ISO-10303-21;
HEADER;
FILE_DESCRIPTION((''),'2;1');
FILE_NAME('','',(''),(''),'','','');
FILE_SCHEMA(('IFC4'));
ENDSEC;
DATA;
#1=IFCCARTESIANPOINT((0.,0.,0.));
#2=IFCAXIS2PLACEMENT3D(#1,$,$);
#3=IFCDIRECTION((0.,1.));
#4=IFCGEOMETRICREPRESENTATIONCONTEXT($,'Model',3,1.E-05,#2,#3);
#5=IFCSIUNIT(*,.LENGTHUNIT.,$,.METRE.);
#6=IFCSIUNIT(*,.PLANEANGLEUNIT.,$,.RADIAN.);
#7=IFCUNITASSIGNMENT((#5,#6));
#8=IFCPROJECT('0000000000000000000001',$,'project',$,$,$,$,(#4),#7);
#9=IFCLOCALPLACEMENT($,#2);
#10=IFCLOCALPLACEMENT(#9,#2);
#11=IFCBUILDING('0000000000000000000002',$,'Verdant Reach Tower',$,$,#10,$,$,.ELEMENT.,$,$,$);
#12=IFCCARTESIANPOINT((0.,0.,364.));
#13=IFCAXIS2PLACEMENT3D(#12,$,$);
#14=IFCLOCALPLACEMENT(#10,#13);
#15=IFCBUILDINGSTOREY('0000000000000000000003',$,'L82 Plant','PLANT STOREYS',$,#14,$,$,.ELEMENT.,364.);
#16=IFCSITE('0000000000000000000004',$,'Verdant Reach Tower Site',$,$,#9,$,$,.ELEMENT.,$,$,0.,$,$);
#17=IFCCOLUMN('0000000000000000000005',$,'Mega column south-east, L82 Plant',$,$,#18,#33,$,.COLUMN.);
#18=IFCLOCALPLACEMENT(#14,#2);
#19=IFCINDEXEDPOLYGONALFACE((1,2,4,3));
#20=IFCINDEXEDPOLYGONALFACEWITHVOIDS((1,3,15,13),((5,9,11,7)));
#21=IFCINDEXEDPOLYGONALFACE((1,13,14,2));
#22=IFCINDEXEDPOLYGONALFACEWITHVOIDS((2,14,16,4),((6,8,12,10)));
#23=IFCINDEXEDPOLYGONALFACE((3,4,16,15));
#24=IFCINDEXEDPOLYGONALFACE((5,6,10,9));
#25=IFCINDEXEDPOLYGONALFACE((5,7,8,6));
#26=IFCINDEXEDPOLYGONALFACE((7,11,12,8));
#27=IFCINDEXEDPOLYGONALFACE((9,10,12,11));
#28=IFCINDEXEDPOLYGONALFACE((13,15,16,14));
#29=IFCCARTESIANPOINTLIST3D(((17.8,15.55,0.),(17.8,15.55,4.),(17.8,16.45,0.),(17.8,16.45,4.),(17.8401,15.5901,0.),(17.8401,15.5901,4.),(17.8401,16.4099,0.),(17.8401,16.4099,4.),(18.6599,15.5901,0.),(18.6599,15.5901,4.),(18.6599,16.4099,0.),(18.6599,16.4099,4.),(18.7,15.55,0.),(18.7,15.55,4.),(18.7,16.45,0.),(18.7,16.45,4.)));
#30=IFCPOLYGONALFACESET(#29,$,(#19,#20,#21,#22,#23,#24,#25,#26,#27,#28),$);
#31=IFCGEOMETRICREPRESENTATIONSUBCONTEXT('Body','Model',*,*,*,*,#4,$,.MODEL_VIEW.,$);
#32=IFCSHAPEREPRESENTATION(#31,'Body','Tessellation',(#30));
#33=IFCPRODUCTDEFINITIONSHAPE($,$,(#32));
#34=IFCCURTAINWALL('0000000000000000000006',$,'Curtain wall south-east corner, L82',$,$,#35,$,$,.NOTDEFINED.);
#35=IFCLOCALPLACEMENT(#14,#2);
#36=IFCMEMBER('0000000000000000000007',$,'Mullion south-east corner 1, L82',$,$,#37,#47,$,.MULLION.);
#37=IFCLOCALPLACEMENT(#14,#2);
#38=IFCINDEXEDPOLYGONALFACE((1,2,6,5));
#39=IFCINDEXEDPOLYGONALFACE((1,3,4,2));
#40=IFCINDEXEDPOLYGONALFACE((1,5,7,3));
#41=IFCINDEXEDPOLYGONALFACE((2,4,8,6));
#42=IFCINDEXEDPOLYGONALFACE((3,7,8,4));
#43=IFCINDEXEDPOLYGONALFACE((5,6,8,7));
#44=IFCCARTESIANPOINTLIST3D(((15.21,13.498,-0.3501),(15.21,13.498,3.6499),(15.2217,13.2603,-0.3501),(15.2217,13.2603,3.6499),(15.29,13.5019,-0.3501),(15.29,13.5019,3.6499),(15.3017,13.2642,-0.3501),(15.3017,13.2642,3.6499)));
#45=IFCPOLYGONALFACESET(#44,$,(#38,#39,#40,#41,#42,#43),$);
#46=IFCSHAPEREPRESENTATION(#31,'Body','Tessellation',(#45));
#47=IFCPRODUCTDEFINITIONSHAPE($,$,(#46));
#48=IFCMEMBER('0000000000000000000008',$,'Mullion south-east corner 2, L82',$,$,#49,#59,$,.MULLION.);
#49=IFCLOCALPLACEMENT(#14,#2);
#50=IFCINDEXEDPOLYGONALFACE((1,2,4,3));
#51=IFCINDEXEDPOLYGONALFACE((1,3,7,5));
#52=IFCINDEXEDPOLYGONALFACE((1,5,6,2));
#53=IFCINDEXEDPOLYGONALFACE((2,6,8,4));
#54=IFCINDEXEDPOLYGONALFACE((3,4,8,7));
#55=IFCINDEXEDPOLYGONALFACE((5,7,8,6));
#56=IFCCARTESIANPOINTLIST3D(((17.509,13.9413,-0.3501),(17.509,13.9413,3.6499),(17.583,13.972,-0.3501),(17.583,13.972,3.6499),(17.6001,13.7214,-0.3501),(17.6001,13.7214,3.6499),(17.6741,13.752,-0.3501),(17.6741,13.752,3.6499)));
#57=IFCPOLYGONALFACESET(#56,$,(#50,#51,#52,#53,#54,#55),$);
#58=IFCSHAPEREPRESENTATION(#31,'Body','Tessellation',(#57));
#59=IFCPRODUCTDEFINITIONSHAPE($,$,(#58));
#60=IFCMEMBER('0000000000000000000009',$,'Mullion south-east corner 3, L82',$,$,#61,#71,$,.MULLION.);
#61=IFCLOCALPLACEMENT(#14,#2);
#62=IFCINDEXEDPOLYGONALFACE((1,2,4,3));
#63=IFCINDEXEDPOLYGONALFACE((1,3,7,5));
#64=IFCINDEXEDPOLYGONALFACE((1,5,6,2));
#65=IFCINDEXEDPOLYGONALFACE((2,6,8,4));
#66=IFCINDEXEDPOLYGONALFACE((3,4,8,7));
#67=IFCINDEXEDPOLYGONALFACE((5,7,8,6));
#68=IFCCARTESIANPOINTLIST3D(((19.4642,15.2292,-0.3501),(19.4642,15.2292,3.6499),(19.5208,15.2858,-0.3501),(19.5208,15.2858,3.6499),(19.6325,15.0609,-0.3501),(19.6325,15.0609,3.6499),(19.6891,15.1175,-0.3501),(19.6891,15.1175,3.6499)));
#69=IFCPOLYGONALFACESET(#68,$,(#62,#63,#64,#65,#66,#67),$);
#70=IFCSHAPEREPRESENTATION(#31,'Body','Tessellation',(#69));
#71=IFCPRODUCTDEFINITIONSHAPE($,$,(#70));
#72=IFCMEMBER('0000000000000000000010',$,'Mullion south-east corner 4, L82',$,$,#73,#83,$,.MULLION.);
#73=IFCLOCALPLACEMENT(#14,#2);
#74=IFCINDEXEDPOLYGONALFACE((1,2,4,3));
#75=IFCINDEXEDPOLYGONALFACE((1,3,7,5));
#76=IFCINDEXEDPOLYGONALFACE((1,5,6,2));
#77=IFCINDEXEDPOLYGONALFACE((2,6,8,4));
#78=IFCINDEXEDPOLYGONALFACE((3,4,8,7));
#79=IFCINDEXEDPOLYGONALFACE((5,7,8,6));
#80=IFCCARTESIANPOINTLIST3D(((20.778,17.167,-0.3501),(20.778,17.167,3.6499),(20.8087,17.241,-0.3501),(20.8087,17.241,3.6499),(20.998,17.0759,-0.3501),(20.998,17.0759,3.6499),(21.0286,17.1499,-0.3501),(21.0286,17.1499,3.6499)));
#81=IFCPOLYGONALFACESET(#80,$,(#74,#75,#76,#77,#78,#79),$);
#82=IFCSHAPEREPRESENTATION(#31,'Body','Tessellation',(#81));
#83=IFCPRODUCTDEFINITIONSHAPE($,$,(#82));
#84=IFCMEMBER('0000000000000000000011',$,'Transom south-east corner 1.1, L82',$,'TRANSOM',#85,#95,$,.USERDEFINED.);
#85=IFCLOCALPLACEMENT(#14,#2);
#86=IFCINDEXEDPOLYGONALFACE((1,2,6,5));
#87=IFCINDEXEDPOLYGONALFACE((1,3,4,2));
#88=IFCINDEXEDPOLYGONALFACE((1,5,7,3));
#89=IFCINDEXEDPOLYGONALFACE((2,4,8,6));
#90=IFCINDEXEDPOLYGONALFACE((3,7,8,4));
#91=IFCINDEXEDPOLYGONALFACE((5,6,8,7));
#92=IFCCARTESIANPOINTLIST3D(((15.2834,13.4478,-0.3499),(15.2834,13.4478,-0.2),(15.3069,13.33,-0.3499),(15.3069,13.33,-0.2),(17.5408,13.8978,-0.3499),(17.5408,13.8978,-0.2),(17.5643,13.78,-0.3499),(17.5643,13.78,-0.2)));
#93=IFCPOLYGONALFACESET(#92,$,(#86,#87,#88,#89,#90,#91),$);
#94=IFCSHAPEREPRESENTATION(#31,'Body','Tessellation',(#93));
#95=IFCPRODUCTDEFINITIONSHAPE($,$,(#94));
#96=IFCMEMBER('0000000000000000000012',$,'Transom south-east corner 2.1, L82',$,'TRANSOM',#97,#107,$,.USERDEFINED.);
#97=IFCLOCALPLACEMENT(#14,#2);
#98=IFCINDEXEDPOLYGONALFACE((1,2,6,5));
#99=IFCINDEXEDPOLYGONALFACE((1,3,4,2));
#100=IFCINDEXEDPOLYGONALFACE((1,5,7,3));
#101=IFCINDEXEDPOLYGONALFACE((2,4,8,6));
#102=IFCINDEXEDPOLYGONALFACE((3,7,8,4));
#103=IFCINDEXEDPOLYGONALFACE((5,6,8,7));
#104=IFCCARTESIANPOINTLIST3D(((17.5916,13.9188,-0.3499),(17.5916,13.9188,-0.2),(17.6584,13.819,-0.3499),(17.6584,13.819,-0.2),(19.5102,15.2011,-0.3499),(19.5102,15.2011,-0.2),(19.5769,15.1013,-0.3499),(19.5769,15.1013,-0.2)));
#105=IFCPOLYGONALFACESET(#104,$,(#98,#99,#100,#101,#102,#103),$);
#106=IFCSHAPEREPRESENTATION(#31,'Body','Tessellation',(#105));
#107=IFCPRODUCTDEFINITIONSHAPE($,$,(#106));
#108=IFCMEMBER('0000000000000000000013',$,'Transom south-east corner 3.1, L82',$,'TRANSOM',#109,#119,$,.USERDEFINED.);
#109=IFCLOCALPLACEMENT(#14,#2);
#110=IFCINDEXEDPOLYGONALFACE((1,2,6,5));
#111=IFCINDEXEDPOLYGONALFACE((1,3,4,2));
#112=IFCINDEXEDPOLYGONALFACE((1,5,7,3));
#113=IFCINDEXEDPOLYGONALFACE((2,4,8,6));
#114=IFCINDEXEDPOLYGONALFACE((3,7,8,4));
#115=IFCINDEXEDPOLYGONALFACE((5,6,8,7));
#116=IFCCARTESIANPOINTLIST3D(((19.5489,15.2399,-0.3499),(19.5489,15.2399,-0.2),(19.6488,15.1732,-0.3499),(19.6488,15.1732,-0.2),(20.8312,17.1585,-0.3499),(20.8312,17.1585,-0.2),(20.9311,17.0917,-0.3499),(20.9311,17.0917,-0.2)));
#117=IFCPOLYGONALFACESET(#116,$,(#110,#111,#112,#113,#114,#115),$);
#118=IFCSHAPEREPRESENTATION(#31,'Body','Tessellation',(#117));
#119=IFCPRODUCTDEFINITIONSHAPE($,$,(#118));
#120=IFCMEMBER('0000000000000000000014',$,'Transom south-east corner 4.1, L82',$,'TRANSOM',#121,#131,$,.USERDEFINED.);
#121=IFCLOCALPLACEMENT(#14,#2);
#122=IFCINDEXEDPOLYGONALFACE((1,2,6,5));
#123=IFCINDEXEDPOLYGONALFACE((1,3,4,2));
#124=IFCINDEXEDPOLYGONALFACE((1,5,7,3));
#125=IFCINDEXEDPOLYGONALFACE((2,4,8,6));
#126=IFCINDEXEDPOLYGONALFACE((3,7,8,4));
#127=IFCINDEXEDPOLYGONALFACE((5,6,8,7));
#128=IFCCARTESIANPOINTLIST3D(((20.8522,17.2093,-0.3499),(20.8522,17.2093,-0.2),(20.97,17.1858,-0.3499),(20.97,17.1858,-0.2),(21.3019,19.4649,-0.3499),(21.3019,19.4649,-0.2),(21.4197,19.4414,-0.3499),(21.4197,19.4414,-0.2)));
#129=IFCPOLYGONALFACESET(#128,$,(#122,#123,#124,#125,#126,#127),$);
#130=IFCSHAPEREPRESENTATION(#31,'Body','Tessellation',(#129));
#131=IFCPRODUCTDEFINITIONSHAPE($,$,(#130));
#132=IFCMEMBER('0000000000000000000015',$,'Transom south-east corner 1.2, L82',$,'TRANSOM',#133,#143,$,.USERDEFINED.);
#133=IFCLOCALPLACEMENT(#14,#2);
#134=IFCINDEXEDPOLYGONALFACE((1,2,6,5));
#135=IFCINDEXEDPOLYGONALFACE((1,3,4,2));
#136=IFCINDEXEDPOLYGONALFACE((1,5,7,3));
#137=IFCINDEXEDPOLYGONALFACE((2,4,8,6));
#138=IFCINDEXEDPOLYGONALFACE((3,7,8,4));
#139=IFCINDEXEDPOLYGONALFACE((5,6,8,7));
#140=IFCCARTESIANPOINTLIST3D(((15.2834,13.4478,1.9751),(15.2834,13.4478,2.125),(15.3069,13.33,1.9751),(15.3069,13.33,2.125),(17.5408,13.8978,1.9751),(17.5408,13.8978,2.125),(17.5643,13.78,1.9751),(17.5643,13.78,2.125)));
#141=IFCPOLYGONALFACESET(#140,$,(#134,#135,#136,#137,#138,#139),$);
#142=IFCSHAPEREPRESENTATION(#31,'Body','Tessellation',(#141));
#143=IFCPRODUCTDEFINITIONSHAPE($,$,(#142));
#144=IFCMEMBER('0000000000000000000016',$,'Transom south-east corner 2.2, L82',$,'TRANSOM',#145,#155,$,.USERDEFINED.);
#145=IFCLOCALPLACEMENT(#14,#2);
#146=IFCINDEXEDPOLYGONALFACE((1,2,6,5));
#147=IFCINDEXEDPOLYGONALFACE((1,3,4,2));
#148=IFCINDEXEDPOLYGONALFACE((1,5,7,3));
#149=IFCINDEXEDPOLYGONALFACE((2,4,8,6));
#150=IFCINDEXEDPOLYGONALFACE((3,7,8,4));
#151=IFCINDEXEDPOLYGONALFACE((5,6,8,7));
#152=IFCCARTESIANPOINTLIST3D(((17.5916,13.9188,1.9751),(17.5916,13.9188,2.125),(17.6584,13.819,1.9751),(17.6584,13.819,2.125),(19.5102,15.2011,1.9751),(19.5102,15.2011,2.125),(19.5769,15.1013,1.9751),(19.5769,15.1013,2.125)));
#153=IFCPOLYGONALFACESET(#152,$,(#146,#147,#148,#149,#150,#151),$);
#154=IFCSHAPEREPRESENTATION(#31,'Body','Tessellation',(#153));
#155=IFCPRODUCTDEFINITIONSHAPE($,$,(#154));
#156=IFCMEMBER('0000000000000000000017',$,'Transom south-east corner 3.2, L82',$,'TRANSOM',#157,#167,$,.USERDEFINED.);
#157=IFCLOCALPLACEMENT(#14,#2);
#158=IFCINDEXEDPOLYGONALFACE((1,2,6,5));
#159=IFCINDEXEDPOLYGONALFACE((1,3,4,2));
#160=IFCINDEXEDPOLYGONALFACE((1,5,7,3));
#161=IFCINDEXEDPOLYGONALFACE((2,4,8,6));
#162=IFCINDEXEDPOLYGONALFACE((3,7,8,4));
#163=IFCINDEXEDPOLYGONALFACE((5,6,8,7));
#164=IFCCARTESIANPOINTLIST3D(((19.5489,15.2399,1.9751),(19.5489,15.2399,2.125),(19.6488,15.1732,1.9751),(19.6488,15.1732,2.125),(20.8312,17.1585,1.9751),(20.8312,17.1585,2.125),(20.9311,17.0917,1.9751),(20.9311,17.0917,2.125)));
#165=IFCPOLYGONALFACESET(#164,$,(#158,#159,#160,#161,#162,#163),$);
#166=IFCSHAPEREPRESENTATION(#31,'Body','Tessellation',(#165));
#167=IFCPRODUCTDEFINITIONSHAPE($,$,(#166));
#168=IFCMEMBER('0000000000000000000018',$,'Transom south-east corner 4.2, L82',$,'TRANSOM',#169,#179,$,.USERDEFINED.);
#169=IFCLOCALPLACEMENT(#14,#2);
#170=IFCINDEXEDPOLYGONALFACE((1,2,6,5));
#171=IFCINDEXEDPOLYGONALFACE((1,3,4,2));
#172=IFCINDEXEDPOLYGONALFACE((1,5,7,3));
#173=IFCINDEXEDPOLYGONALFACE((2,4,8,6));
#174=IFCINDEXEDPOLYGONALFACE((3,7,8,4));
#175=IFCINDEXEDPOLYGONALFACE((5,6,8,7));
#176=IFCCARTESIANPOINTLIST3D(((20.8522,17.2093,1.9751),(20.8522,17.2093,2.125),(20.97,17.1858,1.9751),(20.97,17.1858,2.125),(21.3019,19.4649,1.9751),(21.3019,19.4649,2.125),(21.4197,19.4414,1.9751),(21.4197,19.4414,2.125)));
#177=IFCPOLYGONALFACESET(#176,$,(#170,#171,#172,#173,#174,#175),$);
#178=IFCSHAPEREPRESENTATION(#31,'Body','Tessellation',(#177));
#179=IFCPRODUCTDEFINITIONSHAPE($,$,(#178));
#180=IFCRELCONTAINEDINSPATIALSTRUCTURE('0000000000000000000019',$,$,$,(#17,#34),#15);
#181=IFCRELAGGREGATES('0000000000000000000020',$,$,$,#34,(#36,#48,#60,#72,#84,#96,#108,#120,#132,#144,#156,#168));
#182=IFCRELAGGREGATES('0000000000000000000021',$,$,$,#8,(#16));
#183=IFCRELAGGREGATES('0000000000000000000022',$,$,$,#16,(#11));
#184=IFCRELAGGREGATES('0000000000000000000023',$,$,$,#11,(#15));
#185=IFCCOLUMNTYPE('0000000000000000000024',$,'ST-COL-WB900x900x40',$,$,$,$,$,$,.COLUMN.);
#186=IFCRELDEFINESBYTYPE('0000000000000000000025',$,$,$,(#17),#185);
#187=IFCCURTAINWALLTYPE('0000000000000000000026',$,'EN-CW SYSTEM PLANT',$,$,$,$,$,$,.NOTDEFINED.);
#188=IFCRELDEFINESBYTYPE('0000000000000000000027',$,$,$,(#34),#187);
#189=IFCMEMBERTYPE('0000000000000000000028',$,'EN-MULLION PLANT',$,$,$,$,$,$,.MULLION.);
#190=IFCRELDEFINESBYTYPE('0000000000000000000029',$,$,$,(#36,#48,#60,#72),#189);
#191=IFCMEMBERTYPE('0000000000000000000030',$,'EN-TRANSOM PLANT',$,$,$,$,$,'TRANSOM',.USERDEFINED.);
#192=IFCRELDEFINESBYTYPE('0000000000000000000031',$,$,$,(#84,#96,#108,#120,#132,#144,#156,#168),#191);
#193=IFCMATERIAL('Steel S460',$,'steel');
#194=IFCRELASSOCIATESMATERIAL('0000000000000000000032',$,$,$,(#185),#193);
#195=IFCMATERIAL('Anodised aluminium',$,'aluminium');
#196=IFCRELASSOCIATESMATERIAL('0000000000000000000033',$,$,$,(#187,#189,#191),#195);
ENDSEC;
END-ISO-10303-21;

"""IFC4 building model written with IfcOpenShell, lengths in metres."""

from ifc_helpers import new_model, si_unit, direction, frame, origin, origin_2d, place, context, subcontext, project, spatial, rectangle, hollow_rectangle, extrude, material, material_profile, profile_set, type_object, element, aggregate, save


model = new_model("IFC4")

# Units and contexts
model_context = context("Model", 3, precision=1e-05, world=origin(), true_north=direction((0.0, 1.0)))
body_context = subcontext(model_context, "Body", "Model", "MODEL_VIEW")
ifc_project = project(units=[si_unit("LENGTHUNIT", "METRE"), si_unit("PLANEANGLEUNIT", "RADIAN")], contexts=[model_context])

# Site, building, storey
site_placement = place(None, origin())
site = spatial("IfcSite", under=ifc_project, at=site_placement, Name="Verdant Reach Tower Site", CompositionType="ELEMENT", RefElevation=0.0)
building_placement = place(site_placement, origin())
building = spatial("IfcBuilding", under=site, at=building_placement, Name="Verdant Reach Tower", CompositionType="ELEMENT")
storey_placement = place(building_placement, frame((0.0, 0.0, 364.0)))
storey = spatial("IfcBuildingStorey", under=building, at=storey_placement, Name="L82 Plant", Description="PLANT STOREYS", CompositionType="ELEMENT", Elevation=364.0)

# Column
ifc_material_1 = material(Name="Steel S460", Category="steel")
ifc_material_profile_1 = material_profile(ifc_material_1, hollow_rectangle(XDim=0.8999, YDim=0.8999, WallThickness=0.04, at=origin_2d()), Name="WB 900x900x40")
ifc_profile_set_1 = profile_set([ifc_material_profile_1], Name="Steel S460")
column_type = type_object("IfcColumnType", Name="ST-COL-WB900x900x40", PredefinedType="COLUMN", material=ifc_profile_set_1)
column_placement = place(storey_placement, frame((18.25, 16.0, 0.0), z_axis=(0.0, 0.0, 1.0), x_axis=(1.0, 0.0, 0.0)))
element("IfcColumn", 1, at=column_placement, inside=storey, type_object=column_type, Name="Mega column south-east, L82 Plant", PredefinedType="COLUMN", context=body_context, shape_type="SweptSolid", body=[
    extrude(hollow_rectangle(XDim=0.8999, YDim=0.8999, WallThickness=0.04, at=origin_2d()), origin(), (0.0, 0.0, 1.0), 4.0),
])

# Curtain wall, members
ifc_material_2 = material(Name="Anodised aluminium", Category="aluminium")
curtain_wall_type = type_object("IfcCurtainWallType", Name="EN-CW SYSTEM PLANT", PredefinedType="NOTDEFINED", material=ifc_material_2)
curtain_wall_1_placement = place(storey_placement, origin())
curtain_wall_1 = element("IfcCurtainWall", 2, at=curtain_wall_1_placement, inside=storey, type_object=curtain_wall_type, Name="Curtain wall south-east corner, L82", PredefinedType="NOTDEFINED")
ifc_material_profile_2 = material_profile(ifc_material_2, rectangle(XDim=0.238, YDim=0.0801, at=origin_2d()), Name="Mullion 80x240")
ifc_profile_set_2 = profile_set([ifc_material_profile_2], Name="Anodised aluminium")
member_type_1 = type_object("IfcMemberType", Name="EN-MULLION PLANT", PredefinedType="MULLION", material=ifc_profile_set_2)
member_1_placement = place(storey_placement, frame((15.2559, 13.3811, -0.3501), z_axis=(0.0, 0.0, 1.0), x_axis=(0.049128, -0.998793, 0.0)))
member_1 = element("IfcMember", 3, at=member_1_placement, type_object=member_type_1, Name="Mullion south-east corner 1, L82", PredefinedType="MULLION", context=body_context, shape_type="SweptSolid", body=[
    extrude(rectangle(XDim=0.238, YDim=0.0801, at=origin_2d()), origin(), (0.0, 0.0, 1.0), 4.0),
])
member_2_placement = place(storey_placement, frame((17.5916, 13.8467, -0.3501), z_axis=(0.0, 0.0, 1.0), x_axis=(0.382694, -0.923875, 0.0)))
member_2 = element("IfcMember", 4, at=member_2_placement, type_object=member_type_1, Name="Mullion south-east corner 2, L82", PredefinedType="MULLION", context=body_context, shape_type="SweptSolid", body=[
    extrude(rectangle(XDim=0.238, YDim=0.0801, at=origin_2d()), origin(), (0.0, 0.0, 1.0), 4.0),
])
member_3_placement = place(storey_placement, frame((19.5767, 15.1733, -0.3501), z_axis=(0.0, 0.0, 1.0), x_axis=(0.707107, -0.707107, 0.0)))
member_3 = element("IfcMember", 5, at=member_3_placement, type_object=member_type_1, Name="Mullion south-east corner 3, L82", PredefinedType="MULLION", context=body_context, shape_type="SweptSolid", body=[
    extrude(rectangle(XDim=0.238, YDim=0.0801, at=origin_2d()), origin(), (0.0, 0.0, 1.0), 4.0),
])
member_4_placement = place(storey_placement, frame((20.9033, 17.1584, -0.3501), z_axis=(0.0, 0.0, 1.0), x_axis=(0.923875, -0.382694, 0.0)))
member_4 = element("IfcMember", 6, at=member_4_placement, type_object=member_type_1, Name="Mullion south-east corner 4, L82", PredefinedType="MULLION", context=body_context, shape_type="SweptSolid", body=[
    extrude(rectangle(XDim=0.238, YDim=0.0801, at=origin_2d()), origin(), (0.0, 0.0, 1.0), 4.0),
])
ifc_material_profile_3 = material_profile(ifc_material_2, rectangle(XDim=0.1201, YDim=0.1499, at=origin_2d()), Name="Transom 150x120")
ifc_profile_set_3 = profile_set([ifc_material_profile_3], Name="Anodised aluminium")
member_type_2 = type_object("IfcMemberType", Name="EN-TRANSOM PLANT", ElementType="TRANSOM", PredefinedType="USERDEFINED", material=ifc_profile_set_3)
member_5_placement = place(storey_placement, frame((15.2952, 13.3889, -0.2749), z_axis=(0.980707, 0.195484, 0.0), x_axis=(-0.195484, 0.980707, 0.0)))
member_5 = element("IfcMember", 7, at=member_5_placement, type_object=member_type_2, Name="Transom south-east corner 1.1, L82", ObjectType="TRANSOM", PredefinedType="USERDEFINED", context=body_context, shape_type="SweptSolid", body=[
    extrude(rectangle(XDim=0.1201, YDim=0.1499, at=origin_2d()), origin(), (0.0, 0.0, 1.0), 2.3018),
])
member_6_placement = place(storey_placement, frame((17.625, 13.8689, -0.2749), z_axis=(0.831399, 0.555676, 0.0), x_axis=(-0.555676, 0.831399, 0.0)))
member_6 = element("IfcMember", 8, at=member_6_placement, type_object=member_type_2, Name="Transom south-east corner 2.1, L82", ObjectType="TRANSOM", PredefinedType="USERDEFINED", context=body_context, shape_type="SweptSolid", body=[
    extrude(rectangle(XDim=0.1201, YDim=0.1499, at=origin_2d()), origin(), (0.0, 0.0, 1.0), 2.3076),
])
member_7_placement = place(storey_placement, frame((19.5989, 15.2065, -0.2749), z_axis=(0.555676, 0.831399, 0.0), x_axis=(-0.831399, 0.555676, 0.0)))
member_7 = element("IfcMember", 9, at=member_7_placement, type_object=member_type_2, Name="Transom south-east corner 3.1, L82", ObjectType="TRANSOM", PredefinedType="USERDEFINED", context=body_context, shape_type="SweptSolid", body=[
    extrude(rectangle(XDim=0.1201, YDim=0.1499, at=origin_2d()), origin(), (0.0, 0.0, 1.0), 2.3076),
])
member_8_placement = place(storey_placement, frame((20.9111, 17.1975, -0.2749), z_axis=(0.195524, 0.980699, 0.0), x_axis=(-0.980699, 0.195524, 0.0)))
member_8 = element("IfcMember", 10, at=member_8_placement, type_object=member_type_2, Name="Transom south-east corner 4.1, L82", ObjectType="TRANSOM", PredefinedType="USERDEFINED", context=body_context, shape_type="SweptSolid", body=[
    extrude(rectangle(XDim=0.1201, YDim=0.1499, at=origin_2d()), origin(), (0.0, 0.0, 1.0), 2.3),
])
member_9_placement = place(storey_placement, frame((15.2952, 13.3889, 2.05), z_axis=(0.980707, 0.195484, 0.0), x_axis=(-0.195484, 0.980707, 0.0)))
member_9 = element("IfcMember", 11, at=member_9_placement, type_object=member_type_2, Name="Transom south-east corner 1.2, L82", ObjectType="TRANSOM", PredefinedType="USERDEFINED", context=body_context, shape_type="SweptSolid", body=[
    extrude(rectangle(XDim=0.1201, YDim=0.1499, at=origin_2d()), origin(), (0.0, 0.0, 1.0), 2.3018),
])
member_10_placement = place(storey_placement, frame((17.625, 13.8689, 2.05), z_axis=(0.831399, 0.555676, 0.0), x_axis=(-0.555676, 0.831399, 0.0)))
member_10 = element("IfcMember", 12, at=member_10_placement, type_object=member_type_2, Name="Transom south-east corner 2.2, L82", ObjectType="TRANSOM", PredefinedType="USERDEFINED", context=body_context, shape_type="SweptSolid", body=[
    extrude(rectangle(XDim=0.1201, YDim=0.1499, at=origin_2d()), origin(), (0.0, 0.0, 1.0), 2.3076),
])
member_11_placement = place(storey_placement, frame((19.5989, 15.2065, 2.05), z_axis=(0.555676, 0.831399, 0.0), x_axis=(-0.831399, 0.555676, 0.0)))
member_11 = element("IfcMember", 13, at=member_11_placement, type_object=member_type_2, Name="Transom south-east corner 3.2, L82", ObjectType="TRANSOM", PredefinedType="USERDEFINED", context=body_context, shape_type="SweptSolid", body=[
    extrude(rectangle(XDim=0.1201, YDim=0.1499, at=origin_2d()), origin(), (0.0, 0.0, 1.0), 2.3076),
])
member_12_placement = place(storey_placement, frame((20.9111, 17.1975, 2.05), z_axis=(0.195524, 0.980699, 0.0), x_axis=(-0.980699, 0.195524, 0.0)))
member_12 = element("IfcMember", 14, at=member_12_placement, type_object=member_type_2, Name="Transom south-east corner 4.2, L82", ObjectType="TRANSOM", PredefinedType="USERDEFINED", context=body_context, shape_type="SweptSolid", body=[
    extrude(rectangle(XDim=0.1201, YDim=0.1499, at=origin_2d()), origin(), (0.0, 0.0, 1.0), 2.3),
])

aggregate(curtain_wall_1, [member_1, member_2, member_3, member_4, member_5, member_6, member_7, member_8, member_9, member_10, member_11, member_12])

save(model, "model.ifc")
